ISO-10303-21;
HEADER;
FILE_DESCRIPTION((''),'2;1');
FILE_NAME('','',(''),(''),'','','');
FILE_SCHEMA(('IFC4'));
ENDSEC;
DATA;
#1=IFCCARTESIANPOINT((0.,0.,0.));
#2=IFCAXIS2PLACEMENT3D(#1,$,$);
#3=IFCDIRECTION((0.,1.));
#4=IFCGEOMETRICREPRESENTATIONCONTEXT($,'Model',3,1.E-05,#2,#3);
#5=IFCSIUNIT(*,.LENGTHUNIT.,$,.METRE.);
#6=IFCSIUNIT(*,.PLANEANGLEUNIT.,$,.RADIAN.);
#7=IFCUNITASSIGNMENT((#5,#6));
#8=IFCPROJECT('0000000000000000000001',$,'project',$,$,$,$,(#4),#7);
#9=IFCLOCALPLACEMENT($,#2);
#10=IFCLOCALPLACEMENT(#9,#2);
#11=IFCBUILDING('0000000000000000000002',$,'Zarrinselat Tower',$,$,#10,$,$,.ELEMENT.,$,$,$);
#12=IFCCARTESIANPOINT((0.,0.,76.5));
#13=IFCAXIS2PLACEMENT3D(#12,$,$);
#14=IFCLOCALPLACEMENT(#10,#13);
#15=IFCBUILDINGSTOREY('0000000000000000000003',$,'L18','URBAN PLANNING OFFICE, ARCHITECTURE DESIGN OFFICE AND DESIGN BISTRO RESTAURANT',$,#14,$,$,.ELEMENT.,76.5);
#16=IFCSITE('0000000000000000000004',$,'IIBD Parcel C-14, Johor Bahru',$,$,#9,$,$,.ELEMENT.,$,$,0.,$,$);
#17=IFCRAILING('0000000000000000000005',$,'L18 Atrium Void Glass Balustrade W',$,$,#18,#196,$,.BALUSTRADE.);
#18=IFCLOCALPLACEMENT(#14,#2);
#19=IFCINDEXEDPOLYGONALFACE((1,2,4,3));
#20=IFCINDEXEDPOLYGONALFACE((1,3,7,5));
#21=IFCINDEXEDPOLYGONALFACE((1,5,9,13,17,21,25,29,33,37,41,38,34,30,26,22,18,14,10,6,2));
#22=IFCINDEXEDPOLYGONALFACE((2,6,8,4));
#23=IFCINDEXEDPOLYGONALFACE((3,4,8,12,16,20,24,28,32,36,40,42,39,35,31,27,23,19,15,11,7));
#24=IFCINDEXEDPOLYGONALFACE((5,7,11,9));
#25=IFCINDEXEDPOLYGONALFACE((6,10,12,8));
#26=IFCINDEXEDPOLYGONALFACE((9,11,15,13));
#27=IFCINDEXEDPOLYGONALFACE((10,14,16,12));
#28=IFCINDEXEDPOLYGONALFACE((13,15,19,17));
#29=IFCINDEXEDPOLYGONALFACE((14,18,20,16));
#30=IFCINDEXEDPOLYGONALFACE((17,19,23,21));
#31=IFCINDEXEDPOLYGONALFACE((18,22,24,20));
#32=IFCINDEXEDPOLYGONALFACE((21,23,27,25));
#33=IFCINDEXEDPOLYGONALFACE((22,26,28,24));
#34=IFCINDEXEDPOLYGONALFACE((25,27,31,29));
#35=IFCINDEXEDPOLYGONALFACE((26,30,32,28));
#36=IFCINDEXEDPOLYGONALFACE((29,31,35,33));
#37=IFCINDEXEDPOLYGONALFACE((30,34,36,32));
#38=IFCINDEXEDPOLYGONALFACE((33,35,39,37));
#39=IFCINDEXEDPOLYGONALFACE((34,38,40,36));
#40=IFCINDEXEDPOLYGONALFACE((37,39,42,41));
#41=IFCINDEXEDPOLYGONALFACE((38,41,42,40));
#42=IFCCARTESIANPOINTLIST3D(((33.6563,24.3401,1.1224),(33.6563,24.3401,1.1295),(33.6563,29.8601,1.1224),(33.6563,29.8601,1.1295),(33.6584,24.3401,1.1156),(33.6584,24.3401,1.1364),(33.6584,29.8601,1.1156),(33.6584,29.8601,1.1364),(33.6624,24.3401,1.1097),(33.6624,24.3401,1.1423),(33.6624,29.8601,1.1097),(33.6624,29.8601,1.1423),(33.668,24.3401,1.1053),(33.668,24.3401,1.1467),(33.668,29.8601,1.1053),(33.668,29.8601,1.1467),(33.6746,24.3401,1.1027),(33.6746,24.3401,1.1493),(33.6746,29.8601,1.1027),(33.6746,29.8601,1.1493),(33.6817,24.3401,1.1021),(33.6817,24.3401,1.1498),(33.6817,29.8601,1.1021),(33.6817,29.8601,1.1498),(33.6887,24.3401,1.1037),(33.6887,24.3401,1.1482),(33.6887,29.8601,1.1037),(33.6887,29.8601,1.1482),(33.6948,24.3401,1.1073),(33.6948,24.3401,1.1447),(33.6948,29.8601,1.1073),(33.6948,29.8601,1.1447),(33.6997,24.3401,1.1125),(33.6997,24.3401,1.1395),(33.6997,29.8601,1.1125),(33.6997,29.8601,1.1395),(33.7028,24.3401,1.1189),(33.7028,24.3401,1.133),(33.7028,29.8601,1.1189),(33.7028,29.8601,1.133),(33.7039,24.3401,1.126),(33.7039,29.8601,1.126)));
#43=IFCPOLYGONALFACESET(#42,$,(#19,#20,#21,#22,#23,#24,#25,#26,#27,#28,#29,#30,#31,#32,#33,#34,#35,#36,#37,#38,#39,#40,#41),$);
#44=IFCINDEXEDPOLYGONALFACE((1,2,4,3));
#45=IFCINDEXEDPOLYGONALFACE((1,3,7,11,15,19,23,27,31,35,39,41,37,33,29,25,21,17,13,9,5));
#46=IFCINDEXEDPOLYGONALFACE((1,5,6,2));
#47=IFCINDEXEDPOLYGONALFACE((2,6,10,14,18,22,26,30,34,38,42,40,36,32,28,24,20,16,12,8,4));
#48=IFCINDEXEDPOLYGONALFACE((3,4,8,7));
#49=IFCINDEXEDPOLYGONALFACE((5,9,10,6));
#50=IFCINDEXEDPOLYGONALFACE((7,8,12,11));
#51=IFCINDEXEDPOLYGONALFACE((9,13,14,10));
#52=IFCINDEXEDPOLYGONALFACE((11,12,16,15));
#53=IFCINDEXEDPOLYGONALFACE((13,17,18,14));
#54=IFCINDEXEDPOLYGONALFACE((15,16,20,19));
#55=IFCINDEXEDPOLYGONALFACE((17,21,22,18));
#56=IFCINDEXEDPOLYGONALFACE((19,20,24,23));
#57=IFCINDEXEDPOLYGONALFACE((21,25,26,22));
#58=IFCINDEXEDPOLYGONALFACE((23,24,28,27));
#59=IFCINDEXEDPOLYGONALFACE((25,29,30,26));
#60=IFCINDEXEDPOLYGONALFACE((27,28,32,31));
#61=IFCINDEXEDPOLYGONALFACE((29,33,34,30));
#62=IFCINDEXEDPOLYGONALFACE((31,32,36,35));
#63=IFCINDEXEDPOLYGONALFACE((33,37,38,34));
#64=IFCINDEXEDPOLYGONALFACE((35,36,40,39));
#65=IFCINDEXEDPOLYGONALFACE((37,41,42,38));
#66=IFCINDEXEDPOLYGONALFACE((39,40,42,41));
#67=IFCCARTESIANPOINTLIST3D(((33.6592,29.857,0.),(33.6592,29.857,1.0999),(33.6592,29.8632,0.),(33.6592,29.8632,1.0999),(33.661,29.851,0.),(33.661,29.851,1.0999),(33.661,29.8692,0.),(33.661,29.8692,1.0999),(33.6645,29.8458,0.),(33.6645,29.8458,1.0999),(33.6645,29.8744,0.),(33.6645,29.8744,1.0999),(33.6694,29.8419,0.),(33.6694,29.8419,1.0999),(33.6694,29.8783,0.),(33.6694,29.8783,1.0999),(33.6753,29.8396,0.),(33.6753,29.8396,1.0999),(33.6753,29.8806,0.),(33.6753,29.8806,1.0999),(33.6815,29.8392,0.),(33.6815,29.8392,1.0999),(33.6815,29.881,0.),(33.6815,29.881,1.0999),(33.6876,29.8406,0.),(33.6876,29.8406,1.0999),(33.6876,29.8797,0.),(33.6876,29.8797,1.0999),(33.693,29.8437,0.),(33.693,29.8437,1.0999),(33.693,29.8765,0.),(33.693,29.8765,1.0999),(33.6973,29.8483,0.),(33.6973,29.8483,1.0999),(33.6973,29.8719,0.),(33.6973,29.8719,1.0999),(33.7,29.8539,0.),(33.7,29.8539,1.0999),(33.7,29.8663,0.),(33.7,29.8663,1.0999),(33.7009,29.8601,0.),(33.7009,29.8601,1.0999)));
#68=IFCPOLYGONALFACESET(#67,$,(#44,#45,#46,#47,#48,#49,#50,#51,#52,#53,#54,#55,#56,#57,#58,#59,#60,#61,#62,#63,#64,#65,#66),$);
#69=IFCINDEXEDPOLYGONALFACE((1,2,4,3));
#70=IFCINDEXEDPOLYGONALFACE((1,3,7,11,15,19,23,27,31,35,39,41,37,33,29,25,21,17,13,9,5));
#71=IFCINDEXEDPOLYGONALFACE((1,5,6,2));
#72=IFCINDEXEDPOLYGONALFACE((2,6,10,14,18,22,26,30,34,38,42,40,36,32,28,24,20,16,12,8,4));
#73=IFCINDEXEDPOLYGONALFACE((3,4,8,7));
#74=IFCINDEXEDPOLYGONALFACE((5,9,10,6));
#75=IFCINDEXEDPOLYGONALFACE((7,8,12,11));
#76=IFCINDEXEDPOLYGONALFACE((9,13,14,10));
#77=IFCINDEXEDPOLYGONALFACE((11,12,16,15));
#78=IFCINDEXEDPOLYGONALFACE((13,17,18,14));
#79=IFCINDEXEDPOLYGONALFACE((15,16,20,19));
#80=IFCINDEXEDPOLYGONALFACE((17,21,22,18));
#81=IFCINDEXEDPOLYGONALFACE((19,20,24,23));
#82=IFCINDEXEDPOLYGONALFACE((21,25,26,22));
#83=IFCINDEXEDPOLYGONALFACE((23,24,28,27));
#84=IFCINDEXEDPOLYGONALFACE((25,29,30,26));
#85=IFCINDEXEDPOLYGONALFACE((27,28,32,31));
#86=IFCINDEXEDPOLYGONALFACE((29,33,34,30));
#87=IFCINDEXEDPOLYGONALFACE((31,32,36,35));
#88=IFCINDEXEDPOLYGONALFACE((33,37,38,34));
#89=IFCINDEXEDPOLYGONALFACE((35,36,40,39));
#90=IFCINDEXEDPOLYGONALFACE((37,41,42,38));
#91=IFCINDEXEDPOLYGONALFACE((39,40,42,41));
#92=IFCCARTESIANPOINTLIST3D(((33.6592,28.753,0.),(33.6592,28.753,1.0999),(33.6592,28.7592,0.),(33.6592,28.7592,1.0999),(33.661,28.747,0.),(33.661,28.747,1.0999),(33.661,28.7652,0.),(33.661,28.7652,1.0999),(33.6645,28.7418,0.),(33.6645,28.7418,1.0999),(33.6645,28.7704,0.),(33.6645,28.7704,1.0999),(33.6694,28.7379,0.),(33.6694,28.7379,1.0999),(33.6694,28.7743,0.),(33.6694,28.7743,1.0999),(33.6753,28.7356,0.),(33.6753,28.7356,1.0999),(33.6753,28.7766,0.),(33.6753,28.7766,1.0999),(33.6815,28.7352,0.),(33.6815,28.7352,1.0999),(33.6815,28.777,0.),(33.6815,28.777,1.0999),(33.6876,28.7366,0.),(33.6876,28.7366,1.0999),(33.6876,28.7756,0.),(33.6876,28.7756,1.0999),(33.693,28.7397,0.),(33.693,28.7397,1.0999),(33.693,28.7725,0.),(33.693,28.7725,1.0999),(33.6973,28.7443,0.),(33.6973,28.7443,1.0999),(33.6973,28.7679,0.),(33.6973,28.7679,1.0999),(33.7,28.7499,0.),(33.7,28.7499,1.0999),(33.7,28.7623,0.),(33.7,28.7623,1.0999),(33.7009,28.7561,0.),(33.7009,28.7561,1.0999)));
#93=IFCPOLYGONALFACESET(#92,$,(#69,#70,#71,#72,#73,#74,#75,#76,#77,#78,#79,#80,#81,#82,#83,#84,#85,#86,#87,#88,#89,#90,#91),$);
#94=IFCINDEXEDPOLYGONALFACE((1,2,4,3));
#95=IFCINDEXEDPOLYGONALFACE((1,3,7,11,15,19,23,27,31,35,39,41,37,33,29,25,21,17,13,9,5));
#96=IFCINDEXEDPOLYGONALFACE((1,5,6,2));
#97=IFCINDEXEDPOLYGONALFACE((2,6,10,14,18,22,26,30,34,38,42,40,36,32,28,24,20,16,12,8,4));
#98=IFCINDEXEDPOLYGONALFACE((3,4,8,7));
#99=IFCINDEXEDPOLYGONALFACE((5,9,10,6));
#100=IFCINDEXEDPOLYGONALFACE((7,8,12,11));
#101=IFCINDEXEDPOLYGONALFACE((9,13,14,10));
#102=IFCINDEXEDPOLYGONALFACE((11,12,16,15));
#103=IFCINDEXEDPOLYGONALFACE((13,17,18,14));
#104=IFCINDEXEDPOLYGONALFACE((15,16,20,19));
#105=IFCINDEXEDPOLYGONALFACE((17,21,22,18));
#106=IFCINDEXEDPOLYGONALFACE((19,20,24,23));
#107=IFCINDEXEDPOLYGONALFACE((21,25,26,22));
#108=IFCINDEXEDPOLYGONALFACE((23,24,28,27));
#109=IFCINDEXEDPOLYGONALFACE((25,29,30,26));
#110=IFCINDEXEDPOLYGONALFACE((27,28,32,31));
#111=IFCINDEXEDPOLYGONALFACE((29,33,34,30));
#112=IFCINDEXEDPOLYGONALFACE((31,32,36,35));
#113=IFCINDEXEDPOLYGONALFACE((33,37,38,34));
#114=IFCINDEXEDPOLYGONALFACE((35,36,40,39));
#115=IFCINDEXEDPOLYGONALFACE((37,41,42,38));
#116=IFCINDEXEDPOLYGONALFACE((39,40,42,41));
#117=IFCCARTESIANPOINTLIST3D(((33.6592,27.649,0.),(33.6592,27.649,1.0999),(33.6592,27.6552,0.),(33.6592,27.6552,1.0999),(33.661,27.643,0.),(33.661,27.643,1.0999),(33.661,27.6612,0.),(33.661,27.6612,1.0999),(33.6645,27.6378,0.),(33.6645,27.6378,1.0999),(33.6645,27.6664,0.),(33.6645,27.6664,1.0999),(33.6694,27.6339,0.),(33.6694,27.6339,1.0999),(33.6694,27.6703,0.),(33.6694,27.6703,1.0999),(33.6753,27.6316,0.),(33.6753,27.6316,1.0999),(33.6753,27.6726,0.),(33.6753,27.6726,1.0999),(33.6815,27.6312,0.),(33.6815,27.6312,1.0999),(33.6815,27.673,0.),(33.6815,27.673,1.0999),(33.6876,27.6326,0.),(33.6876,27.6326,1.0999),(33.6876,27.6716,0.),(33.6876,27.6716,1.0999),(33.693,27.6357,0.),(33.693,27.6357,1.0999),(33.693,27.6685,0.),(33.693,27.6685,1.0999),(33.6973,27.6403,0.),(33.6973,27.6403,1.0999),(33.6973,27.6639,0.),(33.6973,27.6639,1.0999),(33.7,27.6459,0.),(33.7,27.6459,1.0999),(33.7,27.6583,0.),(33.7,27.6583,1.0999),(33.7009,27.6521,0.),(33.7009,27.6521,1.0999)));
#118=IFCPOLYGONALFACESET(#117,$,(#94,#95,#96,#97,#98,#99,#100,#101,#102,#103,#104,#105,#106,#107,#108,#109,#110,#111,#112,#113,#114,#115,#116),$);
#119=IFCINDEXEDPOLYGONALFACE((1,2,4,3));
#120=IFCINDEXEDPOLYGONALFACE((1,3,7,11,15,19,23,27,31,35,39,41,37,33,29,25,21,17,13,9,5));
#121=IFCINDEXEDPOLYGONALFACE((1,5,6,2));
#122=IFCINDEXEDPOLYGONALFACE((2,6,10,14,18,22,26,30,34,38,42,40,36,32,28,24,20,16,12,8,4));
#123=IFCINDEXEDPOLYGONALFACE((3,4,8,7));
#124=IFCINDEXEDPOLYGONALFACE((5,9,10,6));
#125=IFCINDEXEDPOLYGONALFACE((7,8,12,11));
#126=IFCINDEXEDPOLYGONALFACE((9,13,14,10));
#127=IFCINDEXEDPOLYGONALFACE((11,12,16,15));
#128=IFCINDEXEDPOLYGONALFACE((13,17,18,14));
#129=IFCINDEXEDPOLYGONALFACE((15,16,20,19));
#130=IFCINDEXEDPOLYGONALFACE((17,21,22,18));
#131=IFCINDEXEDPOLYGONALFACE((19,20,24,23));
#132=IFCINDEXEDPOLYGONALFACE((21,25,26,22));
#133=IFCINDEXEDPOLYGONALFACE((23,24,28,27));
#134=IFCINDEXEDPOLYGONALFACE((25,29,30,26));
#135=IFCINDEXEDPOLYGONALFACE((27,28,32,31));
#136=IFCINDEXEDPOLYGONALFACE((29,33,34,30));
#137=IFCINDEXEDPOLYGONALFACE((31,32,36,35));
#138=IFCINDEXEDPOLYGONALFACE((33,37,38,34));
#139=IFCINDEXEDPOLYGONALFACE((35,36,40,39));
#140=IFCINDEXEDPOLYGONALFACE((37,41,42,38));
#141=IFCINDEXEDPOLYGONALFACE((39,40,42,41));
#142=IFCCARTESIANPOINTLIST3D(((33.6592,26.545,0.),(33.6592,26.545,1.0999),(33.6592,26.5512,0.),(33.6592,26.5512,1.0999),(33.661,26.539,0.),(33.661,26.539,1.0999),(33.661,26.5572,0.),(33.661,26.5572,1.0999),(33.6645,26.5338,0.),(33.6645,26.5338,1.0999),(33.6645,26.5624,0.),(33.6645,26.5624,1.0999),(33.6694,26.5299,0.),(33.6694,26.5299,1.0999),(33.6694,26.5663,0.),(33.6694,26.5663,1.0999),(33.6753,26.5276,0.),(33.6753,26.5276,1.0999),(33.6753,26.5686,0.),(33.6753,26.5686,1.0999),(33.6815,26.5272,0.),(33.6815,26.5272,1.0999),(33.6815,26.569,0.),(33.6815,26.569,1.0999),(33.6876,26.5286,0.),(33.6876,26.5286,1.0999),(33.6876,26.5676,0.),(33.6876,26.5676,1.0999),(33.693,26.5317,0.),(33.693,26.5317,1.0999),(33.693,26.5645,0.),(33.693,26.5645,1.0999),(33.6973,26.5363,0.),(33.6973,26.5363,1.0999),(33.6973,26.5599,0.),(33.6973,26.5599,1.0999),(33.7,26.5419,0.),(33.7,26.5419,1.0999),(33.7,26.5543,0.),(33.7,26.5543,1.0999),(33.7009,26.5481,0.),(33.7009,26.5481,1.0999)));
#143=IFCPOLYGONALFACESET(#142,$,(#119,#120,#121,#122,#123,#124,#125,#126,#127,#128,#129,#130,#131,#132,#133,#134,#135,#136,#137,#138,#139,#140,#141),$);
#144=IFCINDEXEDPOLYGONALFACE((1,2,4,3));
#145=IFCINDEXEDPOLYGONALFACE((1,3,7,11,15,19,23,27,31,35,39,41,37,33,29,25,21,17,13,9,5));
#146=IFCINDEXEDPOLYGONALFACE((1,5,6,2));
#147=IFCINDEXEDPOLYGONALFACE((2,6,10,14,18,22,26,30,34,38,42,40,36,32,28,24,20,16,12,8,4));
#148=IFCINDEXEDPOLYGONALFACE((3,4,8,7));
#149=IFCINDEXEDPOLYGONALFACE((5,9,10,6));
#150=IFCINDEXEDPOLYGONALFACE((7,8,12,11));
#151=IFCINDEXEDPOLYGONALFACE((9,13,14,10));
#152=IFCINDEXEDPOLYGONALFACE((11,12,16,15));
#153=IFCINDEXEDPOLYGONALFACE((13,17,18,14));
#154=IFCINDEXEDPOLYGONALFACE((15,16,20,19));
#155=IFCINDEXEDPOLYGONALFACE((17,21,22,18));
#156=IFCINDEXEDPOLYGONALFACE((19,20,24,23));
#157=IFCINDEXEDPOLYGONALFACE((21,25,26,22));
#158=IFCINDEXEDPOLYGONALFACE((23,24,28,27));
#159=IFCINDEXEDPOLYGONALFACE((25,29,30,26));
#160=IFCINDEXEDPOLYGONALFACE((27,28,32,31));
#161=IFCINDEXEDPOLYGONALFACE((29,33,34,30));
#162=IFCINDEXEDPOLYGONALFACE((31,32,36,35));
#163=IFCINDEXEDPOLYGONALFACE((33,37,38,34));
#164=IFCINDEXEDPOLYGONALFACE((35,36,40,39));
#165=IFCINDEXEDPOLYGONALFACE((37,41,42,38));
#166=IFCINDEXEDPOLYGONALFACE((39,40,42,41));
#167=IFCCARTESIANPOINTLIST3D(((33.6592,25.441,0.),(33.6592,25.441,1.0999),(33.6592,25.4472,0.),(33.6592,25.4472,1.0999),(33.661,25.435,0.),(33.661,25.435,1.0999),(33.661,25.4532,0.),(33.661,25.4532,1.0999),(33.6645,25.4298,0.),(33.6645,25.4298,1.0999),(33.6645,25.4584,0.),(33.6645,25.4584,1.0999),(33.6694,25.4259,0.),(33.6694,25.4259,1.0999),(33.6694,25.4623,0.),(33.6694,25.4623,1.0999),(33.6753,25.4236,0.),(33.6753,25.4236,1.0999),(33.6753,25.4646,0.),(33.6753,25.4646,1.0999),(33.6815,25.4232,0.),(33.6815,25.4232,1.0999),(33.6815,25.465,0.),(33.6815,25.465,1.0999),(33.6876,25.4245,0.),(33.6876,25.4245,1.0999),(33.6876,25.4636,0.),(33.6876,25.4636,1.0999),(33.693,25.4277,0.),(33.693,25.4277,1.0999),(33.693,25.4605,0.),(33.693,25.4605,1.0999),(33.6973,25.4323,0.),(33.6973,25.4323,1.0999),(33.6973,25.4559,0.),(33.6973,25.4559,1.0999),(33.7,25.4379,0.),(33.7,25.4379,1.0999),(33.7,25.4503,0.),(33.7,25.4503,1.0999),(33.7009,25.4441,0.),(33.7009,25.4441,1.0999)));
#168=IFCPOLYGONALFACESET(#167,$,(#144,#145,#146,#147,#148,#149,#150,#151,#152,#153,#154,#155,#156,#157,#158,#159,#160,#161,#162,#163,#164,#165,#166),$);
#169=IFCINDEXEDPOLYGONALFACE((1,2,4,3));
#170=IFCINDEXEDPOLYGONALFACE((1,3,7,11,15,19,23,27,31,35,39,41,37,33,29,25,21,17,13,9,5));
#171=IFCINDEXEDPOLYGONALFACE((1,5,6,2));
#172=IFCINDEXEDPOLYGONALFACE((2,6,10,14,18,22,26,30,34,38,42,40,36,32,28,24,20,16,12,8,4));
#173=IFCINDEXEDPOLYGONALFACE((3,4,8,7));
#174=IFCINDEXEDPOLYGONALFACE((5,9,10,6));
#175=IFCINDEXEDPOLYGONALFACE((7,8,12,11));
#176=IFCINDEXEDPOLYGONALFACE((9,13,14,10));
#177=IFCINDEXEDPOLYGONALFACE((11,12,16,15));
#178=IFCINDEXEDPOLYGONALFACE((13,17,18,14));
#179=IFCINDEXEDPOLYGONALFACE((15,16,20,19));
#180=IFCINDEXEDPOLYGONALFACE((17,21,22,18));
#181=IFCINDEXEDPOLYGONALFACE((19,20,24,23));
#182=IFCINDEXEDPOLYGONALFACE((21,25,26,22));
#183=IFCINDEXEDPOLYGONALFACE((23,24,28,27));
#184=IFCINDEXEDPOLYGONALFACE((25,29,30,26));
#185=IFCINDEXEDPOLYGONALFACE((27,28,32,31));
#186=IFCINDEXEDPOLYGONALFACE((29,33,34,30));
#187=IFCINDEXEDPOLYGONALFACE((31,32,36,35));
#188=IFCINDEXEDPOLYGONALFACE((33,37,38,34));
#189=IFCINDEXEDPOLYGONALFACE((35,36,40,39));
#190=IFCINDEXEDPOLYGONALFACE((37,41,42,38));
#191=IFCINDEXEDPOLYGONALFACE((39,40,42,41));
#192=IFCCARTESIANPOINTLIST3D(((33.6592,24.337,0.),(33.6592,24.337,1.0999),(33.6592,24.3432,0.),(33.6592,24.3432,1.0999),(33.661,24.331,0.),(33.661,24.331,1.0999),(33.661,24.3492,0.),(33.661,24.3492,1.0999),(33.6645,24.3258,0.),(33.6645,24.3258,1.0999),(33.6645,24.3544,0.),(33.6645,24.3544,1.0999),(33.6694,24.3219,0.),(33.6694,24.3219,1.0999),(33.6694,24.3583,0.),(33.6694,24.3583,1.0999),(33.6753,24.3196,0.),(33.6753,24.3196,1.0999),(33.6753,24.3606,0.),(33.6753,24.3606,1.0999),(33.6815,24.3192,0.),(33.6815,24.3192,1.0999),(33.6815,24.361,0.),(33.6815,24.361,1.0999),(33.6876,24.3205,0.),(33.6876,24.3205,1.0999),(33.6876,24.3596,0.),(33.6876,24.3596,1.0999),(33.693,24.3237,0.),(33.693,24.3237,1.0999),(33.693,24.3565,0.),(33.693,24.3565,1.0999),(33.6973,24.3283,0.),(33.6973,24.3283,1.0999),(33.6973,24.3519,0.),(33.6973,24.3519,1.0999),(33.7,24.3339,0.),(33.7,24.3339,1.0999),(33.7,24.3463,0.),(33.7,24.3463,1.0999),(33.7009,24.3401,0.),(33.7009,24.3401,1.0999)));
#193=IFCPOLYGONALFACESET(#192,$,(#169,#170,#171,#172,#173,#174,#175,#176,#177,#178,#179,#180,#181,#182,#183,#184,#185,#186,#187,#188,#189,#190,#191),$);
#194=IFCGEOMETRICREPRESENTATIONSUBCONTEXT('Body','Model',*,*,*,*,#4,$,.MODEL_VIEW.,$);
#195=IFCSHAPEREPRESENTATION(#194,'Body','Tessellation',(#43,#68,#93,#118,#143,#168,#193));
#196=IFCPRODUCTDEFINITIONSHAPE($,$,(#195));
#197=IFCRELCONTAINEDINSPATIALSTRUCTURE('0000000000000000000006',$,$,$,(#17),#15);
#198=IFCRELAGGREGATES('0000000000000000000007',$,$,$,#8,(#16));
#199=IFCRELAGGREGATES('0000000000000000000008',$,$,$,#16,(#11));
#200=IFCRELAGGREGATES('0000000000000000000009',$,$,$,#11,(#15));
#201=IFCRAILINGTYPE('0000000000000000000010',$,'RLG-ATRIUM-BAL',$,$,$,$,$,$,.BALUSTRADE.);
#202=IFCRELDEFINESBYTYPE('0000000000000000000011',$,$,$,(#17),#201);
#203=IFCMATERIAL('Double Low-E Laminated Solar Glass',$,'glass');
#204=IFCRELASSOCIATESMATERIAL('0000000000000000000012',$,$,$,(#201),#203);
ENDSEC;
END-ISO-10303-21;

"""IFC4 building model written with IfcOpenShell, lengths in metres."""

from ifc_helpers import new_model, si_unit, direction, frame, origin, origin_2d, place, context, subcontext, project, spatial, circle, extrude, material, type_object, element, save


model = new_model("IFC4")

# Units and contexts
model_context = context("Model", 3, precision=1e-05, world=origin(), true_north=direction((0.0, 1.0)))
body_context = subcontext(model_context, "Body", "Model", "MODEL_VIEW")
ifc_project = project(units=[si_unit("LENGTHUNIT", "METRE"), si_unit("PLANEANGLEUNIT", "RADIAN")], contexts=[model_context])

# Site, building, storey
site_placement = place(None, origin())
site = spatial("IfcSite", under=ifc_project, at=site_placement, Name="IIBD Parcel C-14, Johor Bahru", CompositionType="ELEMENT", RefElevation=0.0)
building_placement = place(site_placement, origin())
building = spatial("IfcBuilding", under=site, at=building_placement, Name="Zarrinselat Tower", CompositionType="ELEMENT")
storey_placement = place(building_placement, frame((0.0, 0.0, 76.5)))
storey = spatial("IfcBuildingStorey", under=building, at=storey_placement, Name="L18", Description="URBAN PLANNING OFFICE, ARCHITECTURE DESIGN OFFICE AND DESIGN BISTRO RESTAURANT", CompositionType="ELEMENT", Elevation=76.5)

# Railing
ifc_material_1 = material(Name="Double Low-E Laminated Solar Glass", Category="glass")
railing_type = type_object("IfcRailingType", Name="RLG-ATRIUM-BAL", PredefinedType="BALUSTRADE", material=ifc_material_1)
railing_1_placement = place(storey_placement, frame((33.6799, 29.8601, 0.0)))
element("IfcRailing", 1, at=railing_1_placement, inside=storey, type_object=railing_type, Name="L18 Atrium Void Glass Balustrade W", PredefinedType="BALUSTRADE", context=body_context, shape_type="SweptSolid", body=[
    extrude(circle(Radius=0.0239, at=origin_2d()), frame((0.0, 0.0, 1.126), z_axis=(0.0, -1.0, 0.0), x_axis=(1.0, 0.0, 0.0)), (0.0, 0.0, 1.0), 5.52),
    extrude(circle(Radius=0.021, at=origin_2d()), origin(), (0.0, 0.0, 1.0), 1.0999),
    extrude(circle(Radius=0.021, at=origin_2d()), frame((0.0, -1.104, 0.0)), (0.0, 0.0, 1.0), 1.0999),
    extrude(circle(Radius=0.021, at=origin_2d()), frame((0.0, -2.208, 0.0)), (0.0, 0.0, 1.0), 1.0999),
    extrude(circle(Radius=0.021, at=origin_2d()), frame((0.0, -3.312, 0.0)), (0.0, 0.0, 1.0), 1.0999),
    extrude(circle(Radius=0.021, at=origin_2d()), frame((0.0, -4.416, 0.0)), (0.0, 0.0, 1.0), 1.0999),
    extrude(circle(Radius=0.021, at=origin_2d()), frame((0.0, -5.52, 0.0)), (0.0, 0.0, 1.0), 1.0999),
])

save(model, "model.ifc")
